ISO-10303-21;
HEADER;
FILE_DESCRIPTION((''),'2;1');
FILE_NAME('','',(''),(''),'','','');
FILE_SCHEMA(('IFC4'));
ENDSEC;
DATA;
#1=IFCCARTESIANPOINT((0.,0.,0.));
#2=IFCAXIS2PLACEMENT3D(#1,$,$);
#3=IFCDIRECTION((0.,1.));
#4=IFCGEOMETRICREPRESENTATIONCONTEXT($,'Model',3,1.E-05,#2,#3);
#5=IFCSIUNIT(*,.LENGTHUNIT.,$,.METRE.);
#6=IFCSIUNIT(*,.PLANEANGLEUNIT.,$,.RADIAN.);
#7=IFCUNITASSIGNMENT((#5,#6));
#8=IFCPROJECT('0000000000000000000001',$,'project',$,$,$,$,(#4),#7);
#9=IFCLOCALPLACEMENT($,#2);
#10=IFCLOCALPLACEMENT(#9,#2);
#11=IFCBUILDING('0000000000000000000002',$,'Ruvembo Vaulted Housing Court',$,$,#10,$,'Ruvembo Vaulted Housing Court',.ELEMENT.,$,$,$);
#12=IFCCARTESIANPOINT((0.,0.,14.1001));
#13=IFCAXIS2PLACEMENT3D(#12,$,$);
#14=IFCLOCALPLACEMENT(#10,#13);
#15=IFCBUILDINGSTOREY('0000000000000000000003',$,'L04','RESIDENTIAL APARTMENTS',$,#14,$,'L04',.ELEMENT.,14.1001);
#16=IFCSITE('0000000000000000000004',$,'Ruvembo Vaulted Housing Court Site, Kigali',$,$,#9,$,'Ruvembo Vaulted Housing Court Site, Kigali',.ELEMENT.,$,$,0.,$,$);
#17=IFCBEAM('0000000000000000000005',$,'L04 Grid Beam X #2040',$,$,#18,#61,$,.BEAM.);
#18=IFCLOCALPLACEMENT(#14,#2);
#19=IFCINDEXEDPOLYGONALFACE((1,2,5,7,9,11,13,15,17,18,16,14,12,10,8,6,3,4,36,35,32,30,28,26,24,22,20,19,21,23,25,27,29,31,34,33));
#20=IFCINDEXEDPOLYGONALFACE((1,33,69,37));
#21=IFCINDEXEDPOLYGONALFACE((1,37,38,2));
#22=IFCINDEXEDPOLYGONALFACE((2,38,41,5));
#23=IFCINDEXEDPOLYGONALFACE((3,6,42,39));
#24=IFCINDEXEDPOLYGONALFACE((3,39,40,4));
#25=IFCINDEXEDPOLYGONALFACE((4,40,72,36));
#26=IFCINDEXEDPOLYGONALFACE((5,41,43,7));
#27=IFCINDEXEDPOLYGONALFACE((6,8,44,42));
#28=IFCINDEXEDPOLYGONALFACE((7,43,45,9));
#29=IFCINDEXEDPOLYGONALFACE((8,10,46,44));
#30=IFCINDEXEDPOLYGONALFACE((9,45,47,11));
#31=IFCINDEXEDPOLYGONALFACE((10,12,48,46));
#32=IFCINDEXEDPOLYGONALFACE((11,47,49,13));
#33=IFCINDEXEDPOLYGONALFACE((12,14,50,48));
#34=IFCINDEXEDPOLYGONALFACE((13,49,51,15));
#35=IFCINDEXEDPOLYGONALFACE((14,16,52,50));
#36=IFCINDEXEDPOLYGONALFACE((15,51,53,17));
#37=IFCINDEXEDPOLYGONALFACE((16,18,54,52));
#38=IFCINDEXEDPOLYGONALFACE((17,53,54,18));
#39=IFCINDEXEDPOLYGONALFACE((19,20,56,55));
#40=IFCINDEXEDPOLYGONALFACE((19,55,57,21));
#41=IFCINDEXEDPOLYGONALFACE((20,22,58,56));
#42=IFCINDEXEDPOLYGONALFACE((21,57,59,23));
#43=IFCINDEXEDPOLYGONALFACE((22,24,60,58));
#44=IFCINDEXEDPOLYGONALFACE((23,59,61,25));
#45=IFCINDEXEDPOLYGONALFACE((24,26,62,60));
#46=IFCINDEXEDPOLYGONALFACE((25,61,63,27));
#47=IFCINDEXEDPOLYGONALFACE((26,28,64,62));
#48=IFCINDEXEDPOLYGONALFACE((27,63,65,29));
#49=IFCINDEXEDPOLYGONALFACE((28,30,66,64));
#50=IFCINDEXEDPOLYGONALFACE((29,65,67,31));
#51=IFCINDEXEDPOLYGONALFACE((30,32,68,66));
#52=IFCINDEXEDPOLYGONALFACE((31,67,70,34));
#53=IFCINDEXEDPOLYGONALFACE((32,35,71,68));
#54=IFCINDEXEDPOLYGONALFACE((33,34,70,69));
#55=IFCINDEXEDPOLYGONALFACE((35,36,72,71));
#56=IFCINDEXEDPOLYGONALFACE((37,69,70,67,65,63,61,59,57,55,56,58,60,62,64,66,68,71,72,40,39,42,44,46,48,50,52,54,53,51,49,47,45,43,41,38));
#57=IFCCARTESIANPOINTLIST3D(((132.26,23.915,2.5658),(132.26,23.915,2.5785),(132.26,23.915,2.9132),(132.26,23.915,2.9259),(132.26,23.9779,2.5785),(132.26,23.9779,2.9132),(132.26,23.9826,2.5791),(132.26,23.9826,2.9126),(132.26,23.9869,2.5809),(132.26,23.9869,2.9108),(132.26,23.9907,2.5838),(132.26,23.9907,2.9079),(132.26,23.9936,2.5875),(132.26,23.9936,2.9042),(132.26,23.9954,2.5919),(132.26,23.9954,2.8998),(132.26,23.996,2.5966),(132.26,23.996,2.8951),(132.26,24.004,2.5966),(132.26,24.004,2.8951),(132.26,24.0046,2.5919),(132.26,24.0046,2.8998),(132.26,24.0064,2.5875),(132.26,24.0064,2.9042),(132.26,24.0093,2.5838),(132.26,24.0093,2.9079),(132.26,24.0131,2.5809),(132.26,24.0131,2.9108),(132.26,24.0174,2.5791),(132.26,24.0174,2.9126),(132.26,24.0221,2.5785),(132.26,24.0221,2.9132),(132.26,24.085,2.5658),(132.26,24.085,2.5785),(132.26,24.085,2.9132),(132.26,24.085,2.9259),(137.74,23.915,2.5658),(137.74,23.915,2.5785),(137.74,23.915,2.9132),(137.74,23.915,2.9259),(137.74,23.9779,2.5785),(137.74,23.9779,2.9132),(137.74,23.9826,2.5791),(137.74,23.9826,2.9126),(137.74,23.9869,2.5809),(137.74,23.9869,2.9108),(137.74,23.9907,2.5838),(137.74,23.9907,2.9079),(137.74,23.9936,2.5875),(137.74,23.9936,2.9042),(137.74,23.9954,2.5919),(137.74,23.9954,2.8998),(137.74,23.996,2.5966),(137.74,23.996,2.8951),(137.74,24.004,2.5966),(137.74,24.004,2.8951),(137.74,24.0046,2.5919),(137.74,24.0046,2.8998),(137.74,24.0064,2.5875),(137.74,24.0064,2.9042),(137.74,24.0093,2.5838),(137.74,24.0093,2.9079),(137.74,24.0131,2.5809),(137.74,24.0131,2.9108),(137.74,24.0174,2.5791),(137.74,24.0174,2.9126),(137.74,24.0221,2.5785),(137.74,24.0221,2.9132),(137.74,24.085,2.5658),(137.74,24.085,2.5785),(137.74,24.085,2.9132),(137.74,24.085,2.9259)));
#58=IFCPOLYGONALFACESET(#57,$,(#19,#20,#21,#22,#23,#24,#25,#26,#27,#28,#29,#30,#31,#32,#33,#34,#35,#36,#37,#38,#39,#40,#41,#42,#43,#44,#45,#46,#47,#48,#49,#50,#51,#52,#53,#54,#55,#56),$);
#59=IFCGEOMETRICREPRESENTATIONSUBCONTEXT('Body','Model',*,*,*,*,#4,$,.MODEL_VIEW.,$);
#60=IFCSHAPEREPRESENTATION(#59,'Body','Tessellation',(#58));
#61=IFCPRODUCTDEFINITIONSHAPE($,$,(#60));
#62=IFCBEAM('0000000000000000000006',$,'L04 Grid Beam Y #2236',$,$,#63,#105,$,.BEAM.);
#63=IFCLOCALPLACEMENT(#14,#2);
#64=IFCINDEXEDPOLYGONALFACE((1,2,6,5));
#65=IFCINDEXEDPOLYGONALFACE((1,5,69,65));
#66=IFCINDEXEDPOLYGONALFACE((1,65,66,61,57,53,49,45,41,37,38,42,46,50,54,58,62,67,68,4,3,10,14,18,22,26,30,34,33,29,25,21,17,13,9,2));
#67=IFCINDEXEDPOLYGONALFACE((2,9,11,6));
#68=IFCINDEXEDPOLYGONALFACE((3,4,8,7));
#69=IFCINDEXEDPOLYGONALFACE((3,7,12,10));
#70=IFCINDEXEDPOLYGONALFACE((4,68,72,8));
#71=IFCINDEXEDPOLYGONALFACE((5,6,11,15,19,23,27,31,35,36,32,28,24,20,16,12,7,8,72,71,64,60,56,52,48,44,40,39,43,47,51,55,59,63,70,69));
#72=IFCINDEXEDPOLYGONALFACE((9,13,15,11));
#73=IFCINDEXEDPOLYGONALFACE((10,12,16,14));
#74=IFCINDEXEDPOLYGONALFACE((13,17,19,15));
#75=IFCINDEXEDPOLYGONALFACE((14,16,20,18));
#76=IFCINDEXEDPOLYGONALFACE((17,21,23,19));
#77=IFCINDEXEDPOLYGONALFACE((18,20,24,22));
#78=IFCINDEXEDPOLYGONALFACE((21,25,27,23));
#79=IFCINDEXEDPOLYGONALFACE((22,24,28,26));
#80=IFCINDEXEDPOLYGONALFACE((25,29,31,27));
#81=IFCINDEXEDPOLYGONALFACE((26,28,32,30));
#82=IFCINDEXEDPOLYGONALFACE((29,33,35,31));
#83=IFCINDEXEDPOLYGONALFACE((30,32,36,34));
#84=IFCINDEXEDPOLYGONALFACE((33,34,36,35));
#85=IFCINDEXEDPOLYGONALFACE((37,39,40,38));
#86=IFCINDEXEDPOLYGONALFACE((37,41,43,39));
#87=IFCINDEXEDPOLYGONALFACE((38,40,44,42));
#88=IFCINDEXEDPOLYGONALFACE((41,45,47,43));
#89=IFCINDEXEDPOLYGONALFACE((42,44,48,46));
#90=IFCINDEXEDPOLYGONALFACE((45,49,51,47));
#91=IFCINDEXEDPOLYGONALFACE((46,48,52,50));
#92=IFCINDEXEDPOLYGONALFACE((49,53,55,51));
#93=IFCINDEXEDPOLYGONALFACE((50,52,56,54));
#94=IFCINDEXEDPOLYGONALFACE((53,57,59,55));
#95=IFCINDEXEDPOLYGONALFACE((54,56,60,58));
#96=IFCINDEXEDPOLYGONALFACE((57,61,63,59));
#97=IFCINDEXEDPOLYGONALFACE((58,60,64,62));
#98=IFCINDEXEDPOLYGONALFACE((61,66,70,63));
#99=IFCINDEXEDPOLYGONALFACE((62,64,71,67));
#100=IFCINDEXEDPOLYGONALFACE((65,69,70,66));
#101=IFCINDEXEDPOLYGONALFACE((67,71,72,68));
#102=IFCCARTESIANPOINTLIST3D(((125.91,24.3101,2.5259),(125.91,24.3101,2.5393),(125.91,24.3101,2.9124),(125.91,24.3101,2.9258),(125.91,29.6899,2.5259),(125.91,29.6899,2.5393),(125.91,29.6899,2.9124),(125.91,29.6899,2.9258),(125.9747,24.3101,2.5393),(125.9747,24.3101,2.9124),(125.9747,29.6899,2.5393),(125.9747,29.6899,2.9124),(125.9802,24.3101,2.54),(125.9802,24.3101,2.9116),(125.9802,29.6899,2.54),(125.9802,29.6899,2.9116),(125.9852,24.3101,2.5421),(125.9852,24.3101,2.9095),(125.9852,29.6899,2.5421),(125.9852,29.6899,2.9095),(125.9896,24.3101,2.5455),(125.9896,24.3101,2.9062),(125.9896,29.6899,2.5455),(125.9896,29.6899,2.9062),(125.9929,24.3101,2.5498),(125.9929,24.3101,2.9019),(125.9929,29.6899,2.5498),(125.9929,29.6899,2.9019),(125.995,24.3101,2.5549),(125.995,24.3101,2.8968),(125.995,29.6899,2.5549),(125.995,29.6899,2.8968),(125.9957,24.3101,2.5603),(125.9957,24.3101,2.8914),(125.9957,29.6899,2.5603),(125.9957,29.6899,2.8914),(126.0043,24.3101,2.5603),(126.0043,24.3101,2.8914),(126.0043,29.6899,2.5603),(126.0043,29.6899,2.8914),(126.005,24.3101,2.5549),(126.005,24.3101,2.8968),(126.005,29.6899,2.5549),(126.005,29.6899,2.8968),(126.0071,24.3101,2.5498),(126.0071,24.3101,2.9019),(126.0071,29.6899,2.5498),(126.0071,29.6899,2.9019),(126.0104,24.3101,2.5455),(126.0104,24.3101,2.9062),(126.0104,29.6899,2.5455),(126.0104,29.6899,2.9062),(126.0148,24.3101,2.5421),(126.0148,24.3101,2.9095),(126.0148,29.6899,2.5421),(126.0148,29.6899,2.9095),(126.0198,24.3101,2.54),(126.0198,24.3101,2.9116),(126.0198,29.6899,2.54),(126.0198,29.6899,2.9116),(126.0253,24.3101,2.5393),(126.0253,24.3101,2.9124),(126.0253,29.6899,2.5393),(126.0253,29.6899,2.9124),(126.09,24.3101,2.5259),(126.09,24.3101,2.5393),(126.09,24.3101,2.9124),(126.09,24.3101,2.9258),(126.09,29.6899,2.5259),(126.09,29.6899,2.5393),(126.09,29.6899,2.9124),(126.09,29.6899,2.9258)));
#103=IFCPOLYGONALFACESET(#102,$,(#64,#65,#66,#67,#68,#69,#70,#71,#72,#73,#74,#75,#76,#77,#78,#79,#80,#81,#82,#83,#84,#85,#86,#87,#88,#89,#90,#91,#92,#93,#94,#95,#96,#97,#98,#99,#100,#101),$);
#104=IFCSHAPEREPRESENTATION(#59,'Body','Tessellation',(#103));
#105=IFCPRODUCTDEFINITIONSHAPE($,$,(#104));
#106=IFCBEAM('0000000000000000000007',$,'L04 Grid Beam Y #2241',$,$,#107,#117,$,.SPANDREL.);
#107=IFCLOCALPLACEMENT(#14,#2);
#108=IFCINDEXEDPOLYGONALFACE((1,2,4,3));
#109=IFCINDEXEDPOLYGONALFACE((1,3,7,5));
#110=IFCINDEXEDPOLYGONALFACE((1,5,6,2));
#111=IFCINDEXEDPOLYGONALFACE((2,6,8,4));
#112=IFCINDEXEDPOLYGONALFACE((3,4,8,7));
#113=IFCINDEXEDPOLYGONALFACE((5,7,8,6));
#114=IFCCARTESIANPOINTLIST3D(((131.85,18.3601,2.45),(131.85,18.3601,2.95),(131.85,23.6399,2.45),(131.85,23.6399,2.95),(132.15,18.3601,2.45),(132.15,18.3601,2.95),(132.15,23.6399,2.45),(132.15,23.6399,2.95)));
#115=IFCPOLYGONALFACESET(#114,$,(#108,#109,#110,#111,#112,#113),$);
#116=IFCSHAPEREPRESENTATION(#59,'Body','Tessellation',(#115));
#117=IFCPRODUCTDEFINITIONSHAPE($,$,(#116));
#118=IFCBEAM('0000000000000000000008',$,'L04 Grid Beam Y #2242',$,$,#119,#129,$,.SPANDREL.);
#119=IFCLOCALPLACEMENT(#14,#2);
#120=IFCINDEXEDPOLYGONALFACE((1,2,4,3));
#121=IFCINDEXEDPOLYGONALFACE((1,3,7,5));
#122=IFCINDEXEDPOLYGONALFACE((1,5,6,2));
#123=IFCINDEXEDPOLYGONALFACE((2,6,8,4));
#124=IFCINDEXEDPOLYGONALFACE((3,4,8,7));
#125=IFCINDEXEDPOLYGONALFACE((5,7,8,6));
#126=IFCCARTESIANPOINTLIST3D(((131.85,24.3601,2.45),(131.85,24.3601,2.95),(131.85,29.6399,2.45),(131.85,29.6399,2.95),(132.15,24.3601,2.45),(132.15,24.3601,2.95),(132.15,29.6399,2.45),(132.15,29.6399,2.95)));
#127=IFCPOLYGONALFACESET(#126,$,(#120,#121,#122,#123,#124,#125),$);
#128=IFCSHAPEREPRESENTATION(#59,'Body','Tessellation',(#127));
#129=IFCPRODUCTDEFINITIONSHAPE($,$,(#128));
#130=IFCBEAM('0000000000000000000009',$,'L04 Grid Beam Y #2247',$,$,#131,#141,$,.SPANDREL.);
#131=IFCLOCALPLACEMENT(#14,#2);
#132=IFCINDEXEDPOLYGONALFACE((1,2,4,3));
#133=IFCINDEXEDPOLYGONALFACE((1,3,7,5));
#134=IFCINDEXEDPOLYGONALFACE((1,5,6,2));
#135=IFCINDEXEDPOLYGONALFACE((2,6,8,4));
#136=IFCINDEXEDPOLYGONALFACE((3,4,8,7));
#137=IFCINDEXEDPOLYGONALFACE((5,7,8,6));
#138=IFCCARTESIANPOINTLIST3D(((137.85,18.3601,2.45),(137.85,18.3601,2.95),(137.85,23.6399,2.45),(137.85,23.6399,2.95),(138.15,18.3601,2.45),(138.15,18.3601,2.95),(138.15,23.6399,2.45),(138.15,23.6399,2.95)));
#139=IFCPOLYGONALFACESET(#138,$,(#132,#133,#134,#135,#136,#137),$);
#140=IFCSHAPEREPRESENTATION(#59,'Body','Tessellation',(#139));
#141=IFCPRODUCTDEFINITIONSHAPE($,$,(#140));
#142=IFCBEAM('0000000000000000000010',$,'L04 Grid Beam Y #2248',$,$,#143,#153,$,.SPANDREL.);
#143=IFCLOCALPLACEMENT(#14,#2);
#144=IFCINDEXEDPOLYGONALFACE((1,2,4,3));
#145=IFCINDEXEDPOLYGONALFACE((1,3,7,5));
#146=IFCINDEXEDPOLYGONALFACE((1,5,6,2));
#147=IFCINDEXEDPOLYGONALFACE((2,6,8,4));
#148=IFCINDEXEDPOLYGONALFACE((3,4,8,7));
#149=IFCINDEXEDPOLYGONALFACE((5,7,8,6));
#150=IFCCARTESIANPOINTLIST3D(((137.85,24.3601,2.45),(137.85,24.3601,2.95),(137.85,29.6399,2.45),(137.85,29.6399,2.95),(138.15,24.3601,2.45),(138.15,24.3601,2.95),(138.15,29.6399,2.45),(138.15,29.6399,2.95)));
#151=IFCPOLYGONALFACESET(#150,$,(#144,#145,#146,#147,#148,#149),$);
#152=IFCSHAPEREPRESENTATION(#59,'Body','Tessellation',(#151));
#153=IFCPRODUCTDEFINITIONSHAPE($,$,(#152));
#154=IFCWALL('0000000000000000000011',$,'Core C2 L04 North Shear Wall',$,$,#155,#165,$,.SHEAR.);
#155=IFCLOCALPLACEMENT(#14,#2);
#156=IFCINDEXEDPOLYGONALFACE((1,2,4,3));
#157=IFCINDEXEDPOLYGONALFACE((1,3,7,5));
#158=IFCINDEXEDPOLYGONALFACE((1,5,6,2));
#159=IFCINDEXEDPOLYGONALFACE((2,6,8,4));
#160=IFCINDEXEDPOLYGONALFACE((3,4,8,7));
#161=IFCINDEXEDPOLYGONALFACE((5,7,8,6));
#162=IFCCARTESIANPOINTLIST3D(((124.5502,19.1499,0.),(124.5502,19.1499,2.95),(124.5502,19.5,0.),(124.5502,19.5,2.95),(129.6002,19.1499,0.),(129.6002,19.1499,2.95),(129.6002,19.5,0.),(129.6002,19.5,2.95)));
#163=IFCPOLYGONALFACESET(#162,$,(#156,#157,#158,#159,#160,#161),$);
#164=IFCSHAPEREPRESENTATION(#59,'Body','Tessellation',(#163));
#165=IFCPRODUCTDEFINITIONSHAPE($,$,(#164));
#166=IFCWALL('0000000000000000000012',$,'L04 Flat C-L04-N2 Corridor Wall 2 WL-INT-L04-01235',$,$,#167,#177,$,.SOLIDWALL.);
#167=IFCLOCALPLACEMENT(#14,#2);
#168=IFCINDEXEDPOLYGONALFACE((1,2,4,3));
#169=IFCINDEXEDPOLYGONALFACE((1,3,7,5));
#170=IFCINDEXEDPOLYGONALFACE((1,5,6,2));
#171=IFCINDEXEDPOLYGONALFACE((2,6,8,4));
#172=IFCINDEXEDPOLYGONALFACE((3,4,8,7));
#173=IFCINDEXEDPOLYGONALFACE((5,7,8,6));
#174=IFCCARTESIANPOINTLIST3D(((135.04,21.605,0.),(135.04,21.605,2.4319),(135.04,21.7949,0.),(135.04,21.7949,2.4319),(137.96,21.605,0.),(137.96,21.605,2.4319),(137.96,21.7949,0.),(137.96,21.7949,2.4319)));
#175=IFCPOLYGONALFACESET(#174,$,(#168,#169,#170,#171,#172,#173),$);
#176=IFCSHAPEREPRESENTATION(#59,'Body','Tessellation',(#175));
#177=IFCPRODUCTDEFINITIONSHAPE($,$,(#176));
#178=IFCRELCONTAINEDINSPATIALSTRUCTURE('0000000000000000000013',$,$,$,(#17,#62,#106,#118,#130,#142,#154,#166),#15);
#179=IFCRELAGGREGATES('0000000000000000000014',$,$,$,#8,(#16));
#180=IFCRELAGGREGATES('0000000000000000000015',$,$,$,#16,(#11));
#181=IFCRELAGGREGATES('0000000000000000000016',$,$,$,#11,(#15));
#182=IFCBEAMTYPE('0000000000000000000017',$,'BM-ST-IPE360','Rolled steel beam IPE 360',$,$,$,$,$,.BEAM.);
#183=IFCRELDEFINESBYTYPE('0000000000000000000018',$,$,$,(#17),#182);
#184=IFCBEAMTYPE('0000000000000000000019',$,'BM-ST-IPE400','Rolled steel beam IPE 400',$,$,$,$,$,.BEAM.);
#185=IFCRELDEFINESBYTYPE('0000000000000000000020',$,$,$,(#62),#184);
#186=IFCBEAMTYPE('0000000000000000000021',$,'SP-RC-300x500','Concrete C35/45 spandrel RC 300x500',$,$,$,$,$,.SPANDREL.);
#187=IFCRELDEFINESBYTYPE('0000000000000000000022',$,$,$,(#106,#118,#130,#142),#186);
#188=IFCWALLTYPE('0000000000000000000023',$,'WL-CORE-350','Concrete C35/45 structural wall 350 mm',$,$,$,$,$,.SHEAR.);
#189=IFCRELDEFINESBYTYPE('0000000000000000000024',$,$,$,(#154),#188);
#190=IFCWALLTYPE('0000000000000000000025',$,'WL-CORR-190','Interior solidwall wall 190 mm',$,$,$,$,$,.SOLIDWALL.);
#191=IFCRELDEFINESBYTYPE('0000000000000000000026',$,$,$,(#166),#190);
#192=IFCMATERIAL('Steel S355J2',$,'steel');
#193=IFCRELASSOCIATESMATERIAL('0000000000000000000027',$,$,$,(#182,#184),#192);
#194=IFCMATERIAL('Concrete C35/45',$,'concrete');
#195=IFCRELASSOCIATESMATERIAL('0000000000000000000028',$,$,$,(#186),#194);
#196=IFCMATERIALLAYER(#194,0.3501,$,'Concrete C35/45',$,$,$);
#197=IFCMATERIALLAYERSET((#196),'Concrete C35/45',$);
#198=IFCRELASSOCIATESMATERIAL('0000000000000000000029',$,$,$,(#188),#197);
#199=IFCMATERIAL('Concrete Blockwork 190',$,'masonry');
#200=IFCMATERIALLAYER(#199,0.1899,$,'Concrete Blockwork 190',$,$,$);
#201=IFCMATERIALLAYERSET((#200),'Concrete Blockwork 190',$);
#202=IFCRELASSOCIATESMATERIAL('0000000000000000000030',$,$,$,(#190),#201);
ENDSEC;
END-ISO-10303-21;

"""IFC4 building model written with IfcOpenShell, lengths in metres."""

from ifc_helpers import new_model, si_unit, direction, frame, frame_2d, origin, origin_2d, place, context, subcontext, project, spatial, rectangle, i_section, extrude, material, layer, layer_set, material_profile, profile_set, type_object, element, save


model = new_model("IFC4")

# Units and contexts
model_context = context("Model", 3, precision=1e-05, world=origin(), true_north=direction((0.0, 1.0)))
body_context = subcontext(model_context, "Body", "Model", "MODEL_VIEW")
ifc_project = project(units=[si_unit("LENGTHUNIT", "METRE"), si_unit("PLANEANGLEUNIT", "RADIAN")], contexts=[model_context])

# Site, building, storey
site_placement = place(None, origin())
site = spatial("IfcSite", under=ifc_project, at=site_placement, Name="Ruvembo Vaulted Housing Court Site, Kigali", LongName="Ruvembo Vaulted Housing Court Site, Kigali", CompositionType="ELEMENT", RefElevation=0.0)
building_placement = place(site_placement, origin())
building = spatial("IfcBuilding", under=site, at=building_placement, Name="Ruvembo Vaulted Housing Court", LongName="Ruvembo Vaulted Housing Court", CompositionType="ELEMENT")
storey_placement = place(building_placement, frame((0.0, 0.0, 14.1001)))
storey = spatial("IfcBuildingStorey", under=building, at=storey_placement, Name="L04", Description="RESIDENTIAL APARTMENTS", LongName="L04", CompositionType="ELEMENT", Elevation=14.1001)

# Beams
ifc_material_1 = material(Name="Steel S355J2", Category="steel")
ifc_material_profile_1 = material_profile(ifc_material_1, i_section(OverallWidth=0.1699, OverallDepth=0.3601, WebThickness=0.0081, FlangeThickness=0.0127, FilletRadius=0.0181, at=origin_2d()), Name="IPE 360")
ifc_profile_set_1 = profile_set([ifc_material_profile_1], Name="Steel S355J2")
beam_type_1 = type_object("IfcBeamType", Name="BM-ST-IPE360", Description="Rolled steel beam IPE 360", PredefinedType="BEAM", material=ifc_profile_set_1)
beam_1_placement = place(storey_placement, frame((132.26, 24.0, 2.7458), z_axis=(1.0, 0.0, 0.0), x_axis=(0.0, 1.0, 0.0)))
element("IfcBeam", 1, at=beam_1_placement, inside=storey, type_object=beam_type_1, Name="L04 Grid Beam X #2040", PredefinedType="BEAM", context=body_context, shape_type="SweptSolid", body=[
    extrude(i_section(OverallWidth=0.1699, OverallDepth=0.3601, WebThickness=0.0081, FlangeThickness=0.0127, FilletRadius=0.0181, at=origin_2d()), origin(), (0.0, 0.0, 1.0), 5.48),
])
ifc_material_profile_2 = material_profile(ifc_material_1, i_section(OverallWidth=0.1799, OverallDepth=0.3999, WebThickness=0.0085, FlangeThickness=0.0134, FilletRadius=0.021, at=origin_2d()), Name="IPE 400")
ifc_profile_set_2 = profile_set([ifc_material_profile_2], Name="Steel S355J2")
beam_type_2 = type_object("IfcBeamType", Name="BM-ST-IPE400", Description="Rolled steel beam IPE 400", PredefinedType="BEAM", material=ifc_profile_set_2)
beam_2_placement = place(storey_placement, frame((126.0, 24.3101, 2.7258), z_axis=(0.0, 1.0, 0.0), x_axis=(-1.0, 0.0, 0.0)))
element("IfcBeam", 2, at=beam_2_placement, inside=storey, type_object=beam_type_2, Name="L04 Grid Beam Y #2236", PredefinedType="BEAM", context=body_context, shape_type="SweptSolid", body=[
    extrude(i_section(OverallWidth=0.1799, OverallDepth=0.3999, WebThickness=0.0085, FlangeThickness=0.0134, FilletRadius=0.021, at=origin_2d()), origin(), (0.0, 0.0, 1.0), 5.3799),
])
ifc_material_2 = material(Name="Concrete C35/45", Category="concrete")
ifc_material_profile_3 = material_profile(ifc_material_2, rectangle(XDim=0.3, YDim=0.5, at=origin_2d()), Name="RC 300x500")
ifc_profile_set_3 = profile_set([ifc_material_profile_3], Name="Concrete C35/45")
beam_type_3 = type_object("IfcBeamType", Name="SP-RC-300x500", Description="Concrete C35/45 spandrel RC 300x500", PredefinedType="SPANDREL", material=ifc_profile_set_3)
for number, where, z_axis, x_axis, name in (
    (3, (132.0, 18.3601, 2.7), (0.0, 1.0, 0.0), (-1.0, 0.0, 0.0), "L04 Grid Beam Y #2241"),
    (4, (132.0, 24.3601, 2.7), (0.0, 1.0, 0.0), (-1.0, 0.0, 0.0), "L04 Grid Beam Y #2242"),
    (5, (138.0, 18.3601, 2.7), (0.0, 1.0, 0.0), (-1.0, 0.0, 0.0), "L04 Grid Beam Y #2247"),
    (6, (138.0, 24.3601, 2.7), (0.0, 1.0, 0.0), (-1.0, 0.0, 0.0), "L04 Grid Beam Y #2248"),
):
    element("IfcBeam", number, at=place(storey_placement, frame(where, z_axis=z_axis, x_axis=x_axis)), inside=storey, type_object=beam_type_3, Name=name, PredefinedType="SPANDREL", context=body_context, shape_type="SweptSolid", body=[
        extrude(rectangle(XDim=0.3, YDim=0.5, at=origin_2d()), origin(), (0.0, 0.0, 1.0), 5.2798),
    ])

# Walls
ifc_layer_1 = layer(ifc_material_2, 0.3501, Name="Concrete C35/45")
ifc_layer_set_1 = layer_set([ifc_layer_1], Name="Concrete C35/45")
wall_type_1 = type_object("IfcWallType", Name="WL-CORE-350", Description="Concrete C35/45 structural wall 350 mm", PredefinedType="SHEAR", material=ifc_layer_set_1)
wall_1_placement = place(storey_placement, frame((129.6001, 19.325, 0.0), z_axis=(0.0, 0.0, 1.0), x_axis=(-1.0, 0.0, 0.0)))
element("IfcWall", 7, at=wall_1_placement, inside=storey, type_object=wall_type_1, Name="Core C2 L04 North Shear Wall", PredefinedType="SHEAR", context=body_context, shape_type="SweptSolid", body=[
    extrude(rectangle(XDim=5.05, YDim=0.3501, at=frame_2d((2.5249, 0.0))), origin(), (0.0, 0.0, 1.0), 2.95),
])
ifc_material_3 = material(Name="Concrete Blockwork 190", Category="masonry")
ifc_layer_2 = layer(ifc_material_3, 0.1899, Name="Concrete Blockwork 190")
ifc_layer_set_2 = layer_set([ifc_layer_2], Name="Concrete Blockwork 190")
wall_type_2 = type_object("IfcWallType", Name="WL-CORR-190", Description="Interior solidwall wall 190 mm", PredefinedType="SOLIDWALL", material=ifc_layer_set_2)
wall_2_placement = place(storey_placement, frame((135.04, 21.7, 0.0), z_axis=(0.0, 0.0, 1.0), x_axis=(1.0, 0.0, 0.0)))
element("IfcWall", 8, at=wall_2_placement, inside=storey, type_object=wall_type_2, Name="L04 Flat C-L04-N2 Corridor Wall 2 WL-INT-L04-01235", PredefinedType="SOLIDWALL", context=body_context, shape_type="SweptSolid", body=[
    extrude(rectangle(XDim=2.9199, YDim=0.1899, at=frame_2d((1.46, 0.0))), origin(), (0.0, 0.0, 1.0), 2.4319),
])

save(model, "model.ifc")
